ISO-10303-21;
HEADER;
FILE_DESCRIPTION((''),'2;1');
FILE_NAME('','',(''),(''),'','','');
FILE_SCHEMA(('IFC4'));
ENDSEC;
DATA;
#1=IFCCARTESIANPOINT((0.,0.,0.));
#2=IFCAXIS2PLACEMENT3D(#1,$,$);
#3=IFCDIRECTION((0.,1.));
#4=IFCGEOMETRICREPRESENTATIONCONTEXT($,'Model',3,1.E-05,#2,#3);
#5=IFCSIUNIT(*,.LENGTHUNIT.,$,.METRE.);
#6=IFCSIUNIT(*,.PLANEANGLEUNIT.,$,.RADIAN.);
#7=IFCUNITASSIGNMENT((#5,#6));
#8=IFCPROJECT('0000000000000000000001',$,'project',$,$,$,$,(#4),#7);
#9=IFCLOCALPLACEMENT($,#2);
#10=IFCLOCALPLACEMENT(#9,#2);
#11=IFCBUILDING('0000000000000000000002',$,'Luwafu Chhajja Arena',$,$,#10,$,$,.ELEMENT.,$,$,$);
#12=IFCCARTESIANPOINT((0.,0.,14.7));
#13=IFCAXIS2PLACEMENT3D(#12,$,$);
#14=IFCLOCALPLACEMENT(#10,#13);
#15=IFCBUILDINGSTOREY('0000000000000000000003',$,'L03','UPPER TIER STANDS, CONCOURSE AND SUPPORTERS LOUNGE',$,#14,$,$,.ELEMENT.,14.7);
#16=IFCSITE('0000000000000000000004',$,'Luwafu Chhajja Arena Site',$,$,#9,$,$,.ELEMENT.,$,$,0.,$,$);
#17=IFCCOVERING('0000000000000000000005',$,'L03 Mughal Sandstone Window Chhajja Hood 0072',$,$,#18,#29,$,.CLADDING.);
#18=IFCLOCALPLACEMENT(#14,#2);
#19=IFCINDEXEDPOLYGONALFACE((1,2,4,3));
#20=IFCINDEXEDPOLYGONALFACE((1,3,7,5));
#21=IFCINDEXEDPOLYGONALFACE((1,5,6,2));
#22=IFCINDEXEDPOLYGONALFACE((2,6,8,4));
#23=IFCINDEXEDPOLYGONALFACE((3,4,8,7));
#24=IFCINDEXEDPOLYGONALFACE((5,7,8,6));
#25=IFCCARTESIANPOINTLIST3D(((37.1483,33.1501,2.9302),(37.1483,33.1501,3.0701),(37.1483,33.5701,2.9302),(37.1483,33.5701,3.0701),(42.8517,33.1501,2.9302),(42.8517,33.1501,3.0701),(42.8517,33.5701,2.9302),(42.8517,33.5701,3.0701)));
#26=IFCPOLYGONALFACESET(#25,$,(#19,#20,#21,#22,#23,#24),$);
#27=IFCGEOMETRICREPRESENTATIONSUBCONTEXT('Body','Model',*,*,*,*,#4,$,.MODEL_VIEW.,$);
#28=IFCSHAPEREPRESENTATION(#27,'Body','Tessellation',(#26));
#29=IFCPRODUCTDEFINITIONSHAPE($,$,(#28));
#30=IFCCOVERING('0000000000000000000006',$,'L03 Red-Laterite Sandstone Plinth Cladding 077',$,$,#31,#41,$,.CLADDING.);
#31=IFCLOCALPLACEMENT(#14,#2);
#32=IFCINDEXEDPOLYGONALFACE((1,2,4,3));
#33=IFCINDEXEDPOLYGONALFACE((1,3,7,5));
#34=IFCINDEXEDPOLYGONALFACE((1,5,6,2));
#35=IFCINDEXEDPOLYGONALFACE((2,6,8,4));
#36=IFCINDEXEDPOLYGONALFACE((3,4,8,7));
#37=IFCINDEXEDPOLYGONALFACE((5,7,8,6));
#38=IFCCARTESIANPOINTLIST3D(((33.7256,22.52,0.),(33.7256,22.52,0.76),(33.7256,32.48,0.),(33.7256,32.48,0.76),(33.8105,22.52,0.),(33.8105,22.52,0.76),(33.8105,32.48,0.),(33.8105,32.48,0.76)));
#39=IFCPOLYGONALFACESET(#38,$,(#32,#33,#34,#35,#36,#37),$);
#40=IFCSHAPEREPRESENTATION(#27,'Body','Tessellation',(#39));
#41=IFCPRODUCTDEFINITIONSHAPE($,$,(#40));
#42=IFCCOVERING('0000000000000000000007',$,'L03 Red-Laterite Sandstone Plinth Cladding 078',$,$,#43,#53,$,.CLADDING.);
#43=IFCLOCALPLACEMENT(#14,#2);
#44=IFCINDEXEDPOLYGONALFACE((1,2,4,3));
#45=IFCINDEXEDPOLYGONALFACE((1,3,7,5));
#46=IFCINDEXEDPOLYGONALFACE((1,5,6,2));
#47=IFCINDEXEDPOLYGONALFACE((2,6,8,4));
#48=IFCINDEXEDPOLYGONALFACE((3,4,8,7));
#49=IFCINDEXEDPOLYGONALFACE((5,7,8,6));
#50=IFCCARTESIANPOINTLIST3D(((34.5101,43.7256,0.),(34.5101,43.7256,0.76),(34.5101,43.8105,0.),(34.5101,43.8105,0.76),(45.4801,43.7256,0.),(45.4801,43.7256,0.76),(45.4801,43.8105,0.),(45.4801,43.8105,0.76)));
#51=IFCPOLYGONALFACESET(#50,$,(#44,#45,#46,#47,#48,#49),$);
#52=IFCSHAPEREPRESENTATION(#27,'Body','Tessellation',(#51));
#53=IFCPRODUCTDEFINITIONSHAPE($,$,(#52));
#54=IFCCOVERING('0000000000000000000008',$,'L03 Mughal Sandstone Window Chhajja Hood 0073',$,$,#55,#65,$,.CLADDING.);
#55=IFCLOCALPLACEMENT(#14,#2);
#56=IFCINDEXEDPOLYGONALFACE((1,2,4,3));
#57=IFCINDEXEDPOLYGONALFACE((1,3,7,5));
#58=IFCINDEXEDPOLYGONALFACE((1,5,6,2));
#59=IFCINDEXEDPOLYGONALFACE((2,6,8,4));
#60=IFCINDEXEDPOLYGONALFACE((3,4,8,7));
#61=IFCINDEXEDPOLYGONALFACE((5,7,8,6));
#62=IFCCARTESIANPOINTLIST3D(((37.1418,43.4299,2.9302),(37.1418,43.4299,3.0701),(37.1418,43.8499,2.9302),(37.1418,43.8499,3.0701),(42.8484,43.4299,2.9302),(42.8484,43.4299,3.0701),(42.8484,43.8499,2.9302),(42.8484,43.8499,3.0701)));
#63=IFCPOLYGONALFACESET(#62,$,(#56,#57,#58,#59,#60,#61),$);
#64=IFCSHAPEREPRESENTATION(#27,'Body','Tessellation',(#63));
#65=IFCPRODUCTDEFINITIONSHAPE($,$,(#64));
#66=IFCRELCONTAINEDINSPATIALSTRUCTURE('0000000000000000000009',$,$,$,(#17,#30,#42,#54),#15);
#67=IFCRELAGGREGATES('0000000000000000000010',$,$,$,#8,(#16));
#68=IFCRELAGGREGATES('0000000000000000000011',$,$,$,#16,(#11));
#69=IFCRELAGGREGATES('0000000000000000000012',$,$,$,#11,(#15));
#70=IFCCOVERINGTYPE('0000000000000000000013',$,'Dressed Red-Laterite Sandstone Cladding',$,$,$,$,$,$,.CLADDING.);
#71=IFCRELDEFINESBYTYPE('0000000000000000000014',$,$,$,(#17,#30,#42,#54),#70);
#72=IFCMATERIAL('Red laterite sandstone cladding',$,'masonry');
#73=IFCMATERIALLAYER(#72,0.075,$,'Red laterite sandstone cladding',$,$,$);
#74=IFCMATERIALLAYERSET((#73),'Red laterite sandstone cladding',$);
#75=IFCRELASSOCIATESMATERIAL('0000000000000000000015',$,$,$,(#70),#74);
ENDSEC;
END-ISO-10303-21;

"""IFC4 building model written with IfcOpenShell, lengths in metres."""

from ifc_helpers import new_model, si_unit, direction, frame, origin, origin_2d, place, context, subcontext, project, spatial, rectangle, extrude, material, layer, layer_set, type_object, element, save


model = new_model("IFC4")

# Units and contexts
model_context = context("Model", 3, precision=1e-05, world=origin(), true_north=direction((0.0, 1.0)))
body_context = subcontext(model_context, "Body", "Model", "MODEL_VIEW")
ifc_project = project(units=[si_unit("LENGTHUNIT", "METRE"), si_unit("PLANEANGLEUNIT", "RADIAN")], contexts=[model_context])

# Site, building, storey
site_placement = place(None, origin())
site = spatial("IfcSite", under=ifc_project, at=site_placement, Name="Luwafu Chhajja Arena Site", CompositionType="ELEMENT", RefElevation=0.0)
building_placement = place(site_placement, origin())
building = spatial("IfcBuilding", under=site, at=building_placement, Name="Luwafu Chhajja Arena", CompositionType="ELEMENT")
storey_placement = place(building_placement, frame((0.0, 0.0, 14.7)))
storey = spatial("IfcBuildingStorey", under=building, at=storey_placement, Name="L03", Description="UPPER TIER STANDS, CONCOURSE AND SUPPORTERS LOUNGE", CompositionType="ELEMENT", Elevation=14.7)

# Coverings
ifc_material_1 = material(Name="Red laterite sandstone cladding", Category="masonry")
ifc_layer_1 = layer(ifc_material_1, 0.075, Name="Red laterite sandstone cladding")
ifc_layer_set_1 = layer_set([ifc_layer_1], Name="Red laterite sandstone cladding")
covering_type = type_object("IfcCoveringType", Name="Dressed Red-Laterite Sandstone Cladding", PredefinedType="CLADDING", material=ifc_layer_set_1)
covering_1_placement = place(storey_placement, frame((40.0, 33.3601, 2.9302), z_axis=(0.0, 0.0, 1.0), x_axis=(1.0, 0.0, 0.0)))
element("IfcCovering", 1, at=covering_1_placement, inside=storey, type_object=covering_type, Name="L03 Mughal Sandstone Window Chhajja Hood 0072", PredefinedType="CLADDING", context=body_context, shape_type="SweptSolid", body=[
    extrude(rectangle(XDim=5.7034, YDim=0.4199, at=origin_2d()), origin(), (0.0, 0.0, 1.0), 0.1399),
])
covering_2_placement = place(storey_placement, frame((33.7681, 27.5, 0.0), z_axis=(0.0, 0.0, 1.0), x_axis=(0.0, 1.0, 0.0)))
element("IfcCovering", 2, at=covering_2_placement, inside=storey, type_object=covering_type, Name="L03 Red-Laterite Sandstone Plinth Cladding 077", PredefinedType="CLADDING", context=body_context, shape_type="SweptSolid", body=[
    extrude(rectangle(XDim=9.96, YDim=0.085, at=origin_2d()), origin(), (0.0, 0.0, 1.0), 0.76),
])
covering_3_placement = place(storey_placement, frame((39.9951, 43.7681, 0.0), z_axis=(0.0, 0.0, 1.0), x_axis=(1.0, 0.0, 0.0)))
element("IfcCovering", 3, at=covering_3_placement, inside=storey, type_object=covering_type, Name="L03 Red-Laterite Sandstone Plinth Cladding 078", PredefinedType="CLADDING", context=body_context, shape_type="SweptSolid", body=[
    extrude(rectangle(XDim=10.97, YDim=0.085, at=origin_2d()), origin(), (0.0, 0.0, 1.0), 0.76),
])
covering_4_placement = place(storey_placement, frame((39.9951, 43.6399, 2.9302), z_axis=(0.0, 0.0, 1.0), x_axis=(1.0, 0.0, 0.0)))
element("IfcCovering", 4, at=covering_4_placement, inside=storey, type_object=covering_type, Name="L03 Mughal Sandstone Window Chhajja Hood 0073", PredefinedType="CLADDING", context=body_context, shape_type="SweptSolid", body=[
    extrude(rectangle(XDim=5.7065, YDim=0.4199, at=origin_2d()), origin(), (0.0, 0.0, 1.0), 0.1399),
])

save(model, "model.ifc")
